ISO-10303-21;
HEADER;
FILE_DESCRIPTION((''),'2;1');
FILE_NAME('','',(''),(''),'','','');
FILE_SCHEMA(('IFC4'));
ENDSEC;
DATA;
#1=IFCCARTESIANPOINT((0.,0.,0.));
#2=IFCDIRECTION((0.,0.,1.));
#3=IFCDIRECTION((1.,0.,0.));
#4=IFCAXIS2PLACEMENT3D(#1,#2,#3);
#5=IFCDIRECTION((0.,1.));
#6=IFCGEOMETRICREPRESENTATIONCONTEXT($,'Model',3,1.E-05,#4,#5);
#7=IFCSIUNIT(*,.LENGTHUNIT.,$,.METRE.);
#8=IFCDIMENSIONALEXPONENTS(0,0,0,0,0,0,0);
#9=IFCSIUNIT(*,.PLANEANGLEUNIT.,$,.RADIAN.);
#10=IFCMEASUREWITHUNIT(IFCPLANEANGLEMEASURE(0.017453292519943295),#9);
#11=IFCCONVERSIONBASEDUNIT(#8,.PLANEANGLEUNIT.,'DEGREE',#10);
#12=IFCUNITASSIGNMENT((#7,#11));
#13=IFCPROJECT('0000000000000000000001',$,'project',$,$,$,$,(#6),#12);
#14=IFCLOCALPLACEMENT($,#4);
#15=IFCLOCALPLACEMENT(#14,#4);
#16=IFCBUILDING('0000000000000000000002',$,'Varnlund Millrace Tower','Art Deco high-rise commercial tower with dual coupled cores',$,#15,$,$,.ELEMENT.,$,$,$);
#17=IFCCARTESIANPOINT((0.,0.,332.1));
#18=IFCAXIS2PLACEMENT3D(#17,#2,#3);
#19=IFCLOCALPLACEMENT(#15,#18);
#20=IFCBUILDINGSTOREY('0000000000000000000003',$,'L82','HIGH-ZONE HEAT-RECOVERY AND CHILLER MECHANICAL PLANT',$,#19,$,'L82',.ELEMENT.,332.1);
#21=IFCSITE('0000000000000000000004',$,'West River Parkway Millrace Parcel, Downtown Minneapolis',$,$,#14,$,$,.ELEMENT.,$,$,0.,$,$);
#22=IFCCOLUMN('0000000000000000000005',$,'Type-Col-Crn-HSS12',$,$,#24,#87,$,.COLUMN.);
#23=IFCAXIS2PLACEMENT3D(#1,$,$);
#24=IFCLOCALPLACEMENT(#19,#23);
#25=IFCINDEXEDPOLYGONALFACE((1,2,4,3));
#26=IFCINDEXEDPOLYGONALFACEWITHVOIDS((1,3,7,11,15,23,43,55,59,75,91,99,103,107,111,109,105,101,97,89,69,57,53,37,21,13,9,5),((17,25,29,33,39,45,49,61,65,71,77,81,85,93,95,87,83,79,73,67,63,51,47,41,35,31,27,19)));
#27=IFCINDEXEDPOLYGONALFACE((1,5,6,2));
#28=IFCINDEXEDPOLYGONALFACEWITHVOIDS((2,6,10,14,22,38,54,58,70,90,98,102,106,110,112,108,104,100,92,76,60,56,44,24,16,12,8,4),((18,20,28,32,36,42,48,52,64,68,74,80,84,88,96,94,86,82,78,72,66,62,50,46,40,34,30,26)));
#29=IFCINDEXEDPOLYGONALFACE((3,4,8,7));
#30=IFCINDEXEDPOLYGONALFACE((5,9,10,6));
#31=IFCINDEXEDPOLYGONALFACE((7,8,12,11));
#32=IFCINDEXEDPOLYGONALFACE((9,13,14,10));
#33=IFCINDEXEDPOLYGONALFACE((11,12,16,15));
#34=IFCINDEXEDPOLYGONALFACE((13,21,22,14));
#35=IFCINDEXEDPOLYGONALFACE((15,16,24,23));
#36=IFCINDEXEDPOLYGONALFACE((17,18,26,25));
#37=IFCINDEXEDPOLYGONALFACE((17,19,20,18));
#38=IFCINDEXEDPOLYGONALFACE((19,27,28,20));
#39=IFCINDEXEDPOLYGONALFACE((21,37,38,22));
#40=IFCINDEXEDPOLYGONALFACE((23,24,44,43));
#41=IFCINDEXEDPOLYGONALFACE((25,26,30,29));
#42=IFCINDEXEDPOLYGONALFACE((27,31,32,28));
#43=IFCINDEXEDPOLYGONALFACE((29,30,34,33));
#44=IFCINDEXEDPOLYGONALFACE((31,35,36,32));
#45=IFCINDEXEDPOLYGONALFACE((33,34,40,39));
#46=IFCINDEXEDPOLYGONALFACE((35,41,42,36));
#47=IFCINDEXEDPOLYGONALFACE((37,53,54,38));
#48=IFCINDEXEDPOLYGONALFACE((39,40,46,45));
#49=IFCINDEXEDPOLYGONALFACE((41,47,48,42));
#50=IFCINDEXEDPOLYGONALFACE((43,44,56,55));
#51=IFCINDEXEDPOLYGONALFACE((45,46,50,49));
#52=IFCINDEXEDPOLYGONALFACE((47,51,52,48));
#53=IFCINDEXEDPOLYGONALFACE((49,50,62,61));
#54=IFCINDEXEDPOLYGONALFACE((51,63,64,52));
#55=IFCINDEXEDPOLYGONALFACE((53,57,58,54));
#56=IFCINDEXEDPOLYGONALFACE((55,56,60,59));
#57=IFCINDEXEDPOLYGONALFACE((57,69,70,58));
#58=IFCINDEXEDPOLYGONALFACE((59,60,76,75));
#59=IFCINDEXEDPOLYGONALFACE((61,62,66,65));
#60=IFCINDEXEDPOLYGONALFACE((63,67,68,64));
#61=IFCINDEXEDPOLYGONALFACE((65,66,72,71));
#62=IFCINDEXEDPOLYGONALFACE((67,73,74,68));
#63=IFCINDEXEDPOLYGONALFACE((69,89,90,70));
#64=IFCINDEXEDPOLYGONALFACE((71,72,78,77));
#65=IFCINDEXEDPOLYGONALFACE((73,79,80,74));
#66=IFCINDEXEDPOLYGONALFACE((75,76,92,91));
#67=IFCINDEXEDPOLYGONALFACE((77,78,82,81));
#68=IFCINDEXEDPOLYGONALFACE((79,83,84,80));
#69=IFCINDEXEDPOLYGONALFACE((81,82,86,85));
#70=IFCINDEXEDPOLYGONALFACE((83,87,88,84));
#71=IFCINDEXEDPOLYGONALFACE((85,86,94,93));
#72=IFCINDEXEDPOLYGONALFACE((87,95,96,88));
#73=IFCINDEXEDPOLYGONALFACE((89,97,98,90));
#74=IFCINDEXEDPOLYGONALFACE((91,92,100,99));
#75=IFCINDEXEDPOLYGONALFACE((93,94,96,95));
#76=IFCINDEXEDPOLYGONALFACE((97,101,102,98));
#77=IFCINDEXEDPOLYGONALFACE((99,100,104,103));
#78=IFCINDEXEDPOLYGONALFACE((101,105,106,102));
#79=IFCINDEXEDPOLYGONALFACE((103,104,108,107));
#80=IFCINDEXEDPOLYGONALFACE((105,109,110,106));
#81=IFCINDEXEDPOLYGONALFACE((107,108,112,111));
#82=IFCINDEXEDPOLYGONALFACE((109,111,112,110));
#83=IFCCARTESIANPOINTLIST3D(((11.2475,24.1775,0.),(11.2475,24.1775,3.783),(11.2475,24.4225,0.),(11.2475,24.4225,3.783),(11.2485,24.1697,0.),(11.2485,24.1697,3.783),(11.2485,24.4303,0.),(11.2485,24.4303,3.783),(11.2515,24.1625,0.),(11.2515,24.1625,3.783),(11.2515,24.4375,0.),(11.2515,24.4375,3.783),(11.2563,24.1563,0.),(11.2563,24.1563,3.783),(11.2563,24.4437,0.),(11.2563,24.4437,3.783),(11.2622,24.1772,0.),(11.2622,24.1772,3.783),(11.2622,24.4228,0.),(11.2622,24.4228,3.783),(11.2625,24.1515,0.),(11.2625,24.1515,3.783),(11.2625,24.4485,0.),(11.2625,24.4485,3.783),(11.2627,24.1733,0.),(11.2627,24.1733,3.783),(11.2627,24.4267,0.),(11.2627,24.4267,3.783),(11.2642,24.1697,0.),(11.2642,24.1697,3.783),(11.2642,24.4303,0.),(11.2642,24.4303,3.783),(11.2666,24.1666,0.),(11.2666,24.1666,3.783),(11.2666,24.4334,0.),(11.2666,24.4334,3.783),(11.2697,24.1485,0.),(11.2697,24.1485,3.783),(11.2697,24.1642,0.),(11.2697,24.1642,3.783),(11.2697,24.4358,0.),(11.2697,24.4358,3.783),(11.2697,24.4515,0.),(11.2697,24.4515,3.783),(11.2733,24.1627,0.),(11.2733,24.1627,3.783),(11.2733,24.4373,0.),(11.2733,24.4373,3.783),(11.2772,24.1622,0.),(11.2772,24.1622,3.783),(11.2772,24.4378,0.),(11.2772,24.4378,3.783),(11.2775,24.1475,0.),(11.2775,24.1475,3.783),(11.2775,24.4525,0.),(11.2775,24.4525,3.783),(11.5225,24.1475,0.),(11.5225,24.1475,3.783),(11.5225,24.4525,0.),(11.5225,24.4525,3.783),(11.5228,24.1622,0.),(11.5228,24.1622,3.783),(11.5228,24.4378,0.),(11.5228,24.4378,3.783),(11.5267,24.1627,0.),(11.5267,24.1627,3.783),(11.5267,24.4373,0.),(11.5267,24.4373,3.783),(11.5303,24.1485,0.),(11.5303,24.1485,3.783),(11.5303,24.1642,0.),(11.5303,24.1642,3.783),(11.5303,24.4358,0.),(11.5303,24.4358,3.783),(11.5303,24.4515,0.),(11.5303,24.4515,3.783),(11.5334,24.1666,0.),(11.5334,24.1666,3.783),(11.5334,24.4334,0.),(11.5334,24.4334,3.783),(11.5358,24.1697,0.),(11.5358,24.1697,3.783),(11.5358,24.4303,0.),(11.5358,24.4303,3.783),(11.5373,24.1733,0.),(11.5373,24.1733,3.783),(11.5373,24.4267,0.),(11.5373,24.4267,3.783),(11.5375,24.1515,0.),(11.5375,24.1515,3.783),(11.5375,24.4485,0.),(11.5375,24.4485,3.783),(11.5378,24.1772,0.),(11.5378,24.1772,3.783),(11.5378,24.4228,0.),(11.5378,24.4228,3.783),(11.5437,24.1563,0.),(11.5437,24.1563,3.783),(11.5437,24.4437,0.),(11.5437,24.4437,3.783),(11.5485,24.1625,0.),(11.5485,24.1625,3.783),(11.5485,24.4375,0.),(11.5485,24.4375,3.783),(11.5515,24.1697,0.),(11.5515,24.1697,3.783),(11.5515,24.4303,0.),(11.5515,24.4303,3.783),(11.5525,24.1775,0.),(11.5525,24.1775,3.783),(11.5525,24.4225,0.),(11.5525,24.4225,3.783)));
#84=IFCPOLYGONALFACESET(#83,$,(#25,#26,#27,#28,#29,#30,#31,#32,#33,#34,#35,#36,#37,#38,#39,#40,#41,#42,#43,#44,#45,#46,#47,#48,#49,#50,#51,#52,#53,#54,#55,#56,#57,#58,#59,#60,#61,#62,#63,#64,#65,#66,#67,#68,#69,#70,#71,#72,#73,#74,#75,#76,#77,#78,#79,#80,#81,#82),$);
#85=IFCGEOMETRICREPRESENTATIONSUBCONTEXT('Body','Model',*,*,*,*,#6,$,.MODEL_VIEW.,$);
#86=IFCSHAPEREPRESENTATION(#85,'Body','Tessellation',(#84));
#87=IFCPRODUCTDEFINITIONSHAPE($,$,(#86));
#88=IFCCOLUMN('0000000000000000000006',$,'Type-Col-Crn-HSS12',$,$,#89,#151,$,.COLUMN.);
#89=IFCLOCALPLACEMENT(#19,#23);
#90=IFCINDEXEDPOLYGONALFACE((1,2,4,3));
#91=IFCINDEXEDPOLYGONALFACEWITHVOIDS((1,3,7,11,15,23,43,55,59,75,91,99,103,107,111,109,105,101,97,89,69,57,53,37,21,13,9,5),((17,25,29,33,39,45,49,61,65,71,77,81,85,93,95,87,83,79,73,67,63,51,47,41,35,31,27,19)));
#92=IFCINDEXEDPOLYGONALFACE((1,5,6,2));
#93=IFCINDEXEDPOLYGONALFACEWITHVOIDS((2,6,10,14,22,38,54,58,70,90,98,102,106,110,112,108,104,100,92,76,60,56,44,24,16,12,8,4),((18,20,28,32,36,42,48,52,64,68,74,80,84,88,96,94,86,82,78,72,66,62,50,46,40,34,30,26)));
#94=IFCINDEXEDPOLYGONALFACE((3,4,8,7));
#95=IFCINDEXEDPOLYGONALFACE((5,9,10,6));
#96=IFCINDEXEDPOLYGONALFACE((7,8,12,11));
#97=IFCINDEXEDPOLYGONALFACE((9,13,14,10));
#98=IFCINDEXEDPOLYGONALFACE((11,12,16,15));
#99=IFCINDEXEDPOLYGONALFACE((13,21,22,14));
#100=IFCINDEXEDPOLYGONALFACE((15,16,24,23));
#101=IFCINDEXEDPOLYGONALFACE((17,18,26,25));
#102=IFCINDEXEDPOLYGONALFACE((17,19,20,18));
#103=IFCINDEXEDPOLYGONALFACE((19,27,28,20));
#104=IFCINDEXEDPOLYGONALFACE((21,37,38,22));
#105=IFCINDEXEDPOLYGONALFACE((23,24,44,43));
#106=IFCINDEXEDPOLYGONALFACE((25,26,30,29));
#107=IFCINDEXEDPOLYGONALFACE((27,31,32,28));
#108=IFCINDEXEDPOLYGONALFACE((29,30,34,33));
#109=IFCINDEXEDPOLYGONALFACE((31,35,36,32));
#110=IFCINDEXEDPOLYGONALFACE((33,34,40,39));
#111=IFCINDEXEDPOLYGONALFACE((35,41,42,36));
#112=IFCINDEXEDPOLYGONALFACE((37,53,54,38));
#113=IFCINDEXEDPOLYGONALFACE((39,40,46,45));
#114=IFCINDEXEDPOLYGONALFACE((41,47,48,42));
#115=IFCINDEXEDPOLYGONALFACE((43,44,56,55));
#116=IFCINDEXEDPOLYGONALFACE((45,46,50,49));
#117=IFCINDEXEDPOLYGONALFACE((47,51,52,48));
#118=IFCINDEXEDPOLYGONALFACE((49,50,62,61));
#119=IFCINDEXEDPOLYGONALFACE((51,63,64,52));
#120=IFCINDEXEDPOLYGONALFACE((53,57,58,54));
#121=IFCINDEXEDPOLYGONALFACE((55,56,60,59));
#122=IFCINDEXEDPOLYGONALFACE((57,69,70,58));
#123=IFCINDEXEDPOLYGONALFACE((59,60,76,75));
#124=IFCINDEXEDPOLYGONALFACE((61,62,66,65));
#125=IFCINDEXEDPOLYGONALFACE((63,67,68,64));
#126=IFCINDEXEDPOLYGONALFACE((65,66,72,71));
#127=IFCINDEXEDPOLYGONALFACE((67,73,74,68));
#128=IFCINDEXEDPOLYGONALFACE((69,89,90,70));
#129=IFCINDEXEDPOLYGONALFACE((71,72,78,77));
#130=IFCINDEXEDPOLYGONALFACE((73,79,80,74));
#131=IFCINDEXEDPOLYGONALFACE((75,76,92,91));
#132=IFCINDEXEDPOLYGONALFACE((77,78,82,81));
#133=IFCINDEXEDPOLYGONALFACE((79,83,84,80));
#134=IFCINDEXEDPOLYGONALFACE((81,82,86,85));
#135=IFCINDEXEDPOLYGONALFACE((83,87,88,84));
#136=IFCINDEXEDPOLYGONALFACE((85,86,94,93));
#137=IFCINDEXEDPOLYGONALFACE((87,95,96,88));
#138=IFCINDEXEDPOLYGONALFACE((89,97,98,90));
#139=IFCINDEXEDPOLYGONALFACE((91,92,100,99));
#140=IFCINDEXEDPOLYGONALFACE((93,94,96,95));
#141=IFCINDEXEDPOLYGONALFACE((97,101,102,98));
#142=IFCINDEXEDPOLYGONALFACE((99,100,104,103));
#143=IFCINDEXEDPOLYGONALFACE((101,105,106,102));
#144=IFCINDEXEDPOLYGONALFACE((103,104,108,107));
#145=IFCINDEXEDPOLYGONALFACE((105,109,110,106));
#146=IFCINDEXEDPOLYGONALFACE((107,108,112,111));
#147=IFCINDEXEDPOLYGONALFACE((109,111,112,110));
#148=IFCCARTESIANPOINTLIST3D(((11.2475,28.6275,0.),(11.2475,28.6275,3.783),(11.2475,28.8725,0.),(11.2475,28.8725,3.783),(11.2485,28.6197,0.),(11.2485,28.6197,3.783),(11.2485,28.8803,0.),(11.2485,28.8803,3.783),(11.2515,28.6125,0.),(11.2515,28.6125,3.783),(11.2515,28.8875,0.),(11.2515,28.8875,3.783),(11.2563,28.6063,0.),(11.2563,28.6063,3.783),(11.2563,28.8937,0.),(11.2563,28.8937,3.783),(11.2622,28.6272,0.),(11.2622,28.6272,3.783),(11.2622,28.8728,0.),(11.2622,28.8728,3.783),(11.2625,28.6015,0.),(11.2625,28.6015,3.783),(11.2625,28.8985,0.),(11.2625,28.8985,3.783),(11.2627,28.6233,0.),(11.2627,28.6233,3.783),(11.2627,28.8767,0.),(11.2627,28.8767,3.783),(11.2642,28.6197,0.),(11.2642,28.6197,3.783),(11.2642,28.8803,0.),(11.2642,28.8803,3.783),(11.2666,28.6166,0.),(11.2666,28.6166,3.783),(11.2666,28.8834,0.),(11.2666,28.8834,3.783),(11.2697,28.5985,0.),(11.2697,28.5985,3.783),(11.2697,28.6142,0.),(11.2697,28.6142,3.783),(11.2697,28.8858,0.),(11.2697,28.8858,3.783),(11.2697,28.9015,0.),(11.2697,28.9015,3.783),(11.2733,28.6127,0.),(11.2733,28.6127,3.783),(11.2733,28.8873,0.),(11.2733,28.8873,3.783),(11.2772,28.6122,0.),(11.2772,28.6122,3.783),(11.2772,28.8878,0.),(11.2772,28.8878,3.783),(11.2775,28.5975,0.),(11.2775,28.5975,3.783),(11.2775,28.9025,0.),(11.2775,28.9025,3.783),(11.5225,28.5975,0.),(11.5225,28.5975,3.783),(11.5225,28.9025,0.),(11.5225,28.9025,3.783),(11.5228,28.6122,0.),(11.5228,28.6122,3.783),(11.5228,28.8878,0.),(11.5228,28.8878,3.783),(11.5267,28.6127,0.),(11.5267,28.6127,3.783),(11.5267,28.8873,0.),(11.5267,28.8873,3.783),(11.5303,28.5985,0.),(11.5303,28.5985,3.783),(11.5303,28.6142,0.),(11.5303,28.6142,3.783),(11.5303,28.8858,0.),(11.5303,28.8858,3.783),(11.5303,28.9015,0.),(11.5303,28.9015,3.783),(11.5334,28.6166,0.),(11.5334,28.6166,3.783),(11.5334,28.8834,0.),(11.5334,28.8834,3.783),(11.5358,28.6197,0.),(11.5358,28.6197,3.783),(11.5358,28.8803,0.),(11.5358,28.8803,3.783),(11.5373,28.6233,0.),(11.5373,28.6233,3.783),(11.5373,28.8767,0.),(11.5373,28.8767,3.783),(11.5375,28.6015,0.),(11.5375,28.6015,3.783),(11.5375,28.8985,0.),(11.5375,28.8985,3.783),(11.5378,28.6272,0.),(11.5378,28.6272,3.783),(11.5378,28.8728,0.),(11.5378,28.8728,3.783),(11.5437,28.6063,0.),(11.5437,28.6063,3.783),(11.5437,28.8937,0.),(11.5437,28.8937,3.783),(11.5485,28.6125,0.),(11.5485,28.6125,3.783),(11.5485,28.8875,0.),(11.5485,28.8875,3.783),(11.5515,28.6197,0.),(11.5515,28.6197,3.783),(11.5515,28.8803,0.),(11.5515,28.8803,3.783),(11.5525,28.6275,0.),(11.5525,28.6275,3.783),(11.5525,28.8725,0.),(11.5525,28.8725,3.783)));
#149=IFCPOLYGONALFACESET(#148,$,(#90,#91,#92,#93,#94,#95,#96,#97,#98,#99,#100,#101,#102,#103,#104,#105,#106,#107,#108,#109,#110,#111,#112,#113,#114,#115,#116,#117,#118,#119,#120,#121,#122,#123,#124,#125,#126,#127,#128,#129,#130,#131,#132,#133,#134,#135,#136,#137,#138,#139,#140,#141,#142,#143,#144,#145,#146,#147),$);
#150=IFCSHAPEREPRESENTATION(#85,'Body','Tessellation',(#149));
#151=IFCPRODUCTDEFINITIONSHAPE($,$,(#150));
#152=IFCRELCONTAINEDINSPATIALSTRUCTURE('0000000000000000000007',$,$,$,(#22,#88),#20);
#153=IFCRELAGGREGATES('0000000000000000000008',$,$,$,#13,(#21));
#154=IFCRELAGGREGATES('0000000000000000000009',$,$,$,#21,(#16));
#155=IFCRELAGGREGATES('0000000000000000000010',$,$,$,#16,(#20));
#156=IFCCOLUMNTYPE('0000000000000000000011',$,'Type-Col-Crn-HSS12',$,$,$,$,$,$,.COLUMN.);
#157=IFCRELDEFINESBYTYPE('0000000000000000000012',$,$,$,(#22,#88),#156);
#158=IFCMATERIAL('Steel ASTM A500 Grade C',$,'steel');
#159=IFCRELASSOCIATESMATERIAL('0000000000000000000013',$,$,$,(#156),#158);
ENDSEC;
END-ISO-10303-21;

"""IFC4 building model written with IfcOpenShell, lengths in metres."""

from ifc_helpers import new_model, entity, si_unit, converted_unit, direction, frame, origin_with_axes, origin_2d_with_axis, place, context, subcontext, project, spatial, hollow_rectangle, extrude, material, material_profile, profile_set, type_object, element, save


model = new_model("IFC4")

# Units and contexts
model_context = context("Model", 3, precision=1e-05, world=origin_with_axes(), true_north=direction((0.0, 1.0)))
body_context = subcontext(model_context, "Body", "Model", "MODEL_VIEW")
ifc_project = project(units=[si_unit("LENGTHUNIT", "METRE"), converted_unit("PLANEANGLEUNIT", "DEGREE", entity("IfcPlaneAngleMeasure", 0.017453292519943295), si_unit("PLANEANGLEUNIT", "RADIAN"), dimensions=[0, 0, 0, 0, 0, 0, 0])], contexts=[model_context])

# Site, building, storey
site_placement = place(None, origin_with_axes())
site = spatial("IfcSite", under=ifc_project, at=site_placement, Name="West River Parkway Millrace Parcel, Downtown Minneapolis", CompositionType="ELEMENT", RefElevation=0.0)
building_placement = place(site_placement, origin_with_axes())
building = spatial("IfcBuilding", under=site, at=building_placement, Name="Varnlund Millrace Tower", Description="Art Deco high-rise commercial tower with dual coupled cores", CompositionType="ELEMENT")
storey_placement = place(building_placement, frame((0.0, 0.0, 332.1), z_axis=(0.0, 0.0, 1.0), x_axis=(1.0, 0.0, 0.0)))
storey = spatial("IfcBuildingStorey", under=building, at=storey_placement, Name="L82", Description="HIGH-ZONE HEAT-RECOVERY AND CHILLER MECHANICAL PLANT", LongName="L82", CompositionType="ELEMENT", Elevation=332.1)

# Columns
ifc_material_1 = material(Name="Steel ASTM A500 Grade C", Category="steel")
ifc_material_profile = material_profile(ifc_material_1, hollow_rectangle(XDim=0.305, YDim=0.305, WallThickness=0.0147, InnerFilletRadius=0.015, OuterFilletRadius=0.03, at=origin_2d_with_axis()), Name="Steel ASTM A500 Grade C")
ifc_profile_set = profile_set([ifc_material_profile], Name="Steel ASTM A500 Grade C")
column_type = type_object("IfcColumnType", Name="Type-Col-Crn-HSS12", PredefinedType="COLUMN", material=ifc_profile_set)
for number, where, z_axis, x_axis, name in (
    (1, (11.4, 24.3, 0.0), (0.0, 0.0, 1.0), (1.0, 0.0, 0.0), "Type-Col-Crn-HSS12"),
    (2, (11.4, 28.75, 0.0), (0.0, 0.0, 1.0), (1.0, 0.0, 0.0), "Type-Col-Crn-HSS12"),
):
    element("IfcColumn", number, at=place(storey_placement, frame(where, z_axis=z_axis, x_axis=x_axis)), inside=storey, type_object=column_type, Name=name, PredefinedType="COLUMN", context=body_context, shape_type="SweptSolid", body=[
        extrude(hollow_rectangle(XDim=0.305, YDim=0.305, WallThickness=0.0147, InnerFilletRadius=0.015, OuterFilletRadius=0.03, at=origin_2d_with_axis()), origin_with_axes(), (0.0, 0.0, 1.0), 3.783),
    ])

save(model, "model.ifc")
